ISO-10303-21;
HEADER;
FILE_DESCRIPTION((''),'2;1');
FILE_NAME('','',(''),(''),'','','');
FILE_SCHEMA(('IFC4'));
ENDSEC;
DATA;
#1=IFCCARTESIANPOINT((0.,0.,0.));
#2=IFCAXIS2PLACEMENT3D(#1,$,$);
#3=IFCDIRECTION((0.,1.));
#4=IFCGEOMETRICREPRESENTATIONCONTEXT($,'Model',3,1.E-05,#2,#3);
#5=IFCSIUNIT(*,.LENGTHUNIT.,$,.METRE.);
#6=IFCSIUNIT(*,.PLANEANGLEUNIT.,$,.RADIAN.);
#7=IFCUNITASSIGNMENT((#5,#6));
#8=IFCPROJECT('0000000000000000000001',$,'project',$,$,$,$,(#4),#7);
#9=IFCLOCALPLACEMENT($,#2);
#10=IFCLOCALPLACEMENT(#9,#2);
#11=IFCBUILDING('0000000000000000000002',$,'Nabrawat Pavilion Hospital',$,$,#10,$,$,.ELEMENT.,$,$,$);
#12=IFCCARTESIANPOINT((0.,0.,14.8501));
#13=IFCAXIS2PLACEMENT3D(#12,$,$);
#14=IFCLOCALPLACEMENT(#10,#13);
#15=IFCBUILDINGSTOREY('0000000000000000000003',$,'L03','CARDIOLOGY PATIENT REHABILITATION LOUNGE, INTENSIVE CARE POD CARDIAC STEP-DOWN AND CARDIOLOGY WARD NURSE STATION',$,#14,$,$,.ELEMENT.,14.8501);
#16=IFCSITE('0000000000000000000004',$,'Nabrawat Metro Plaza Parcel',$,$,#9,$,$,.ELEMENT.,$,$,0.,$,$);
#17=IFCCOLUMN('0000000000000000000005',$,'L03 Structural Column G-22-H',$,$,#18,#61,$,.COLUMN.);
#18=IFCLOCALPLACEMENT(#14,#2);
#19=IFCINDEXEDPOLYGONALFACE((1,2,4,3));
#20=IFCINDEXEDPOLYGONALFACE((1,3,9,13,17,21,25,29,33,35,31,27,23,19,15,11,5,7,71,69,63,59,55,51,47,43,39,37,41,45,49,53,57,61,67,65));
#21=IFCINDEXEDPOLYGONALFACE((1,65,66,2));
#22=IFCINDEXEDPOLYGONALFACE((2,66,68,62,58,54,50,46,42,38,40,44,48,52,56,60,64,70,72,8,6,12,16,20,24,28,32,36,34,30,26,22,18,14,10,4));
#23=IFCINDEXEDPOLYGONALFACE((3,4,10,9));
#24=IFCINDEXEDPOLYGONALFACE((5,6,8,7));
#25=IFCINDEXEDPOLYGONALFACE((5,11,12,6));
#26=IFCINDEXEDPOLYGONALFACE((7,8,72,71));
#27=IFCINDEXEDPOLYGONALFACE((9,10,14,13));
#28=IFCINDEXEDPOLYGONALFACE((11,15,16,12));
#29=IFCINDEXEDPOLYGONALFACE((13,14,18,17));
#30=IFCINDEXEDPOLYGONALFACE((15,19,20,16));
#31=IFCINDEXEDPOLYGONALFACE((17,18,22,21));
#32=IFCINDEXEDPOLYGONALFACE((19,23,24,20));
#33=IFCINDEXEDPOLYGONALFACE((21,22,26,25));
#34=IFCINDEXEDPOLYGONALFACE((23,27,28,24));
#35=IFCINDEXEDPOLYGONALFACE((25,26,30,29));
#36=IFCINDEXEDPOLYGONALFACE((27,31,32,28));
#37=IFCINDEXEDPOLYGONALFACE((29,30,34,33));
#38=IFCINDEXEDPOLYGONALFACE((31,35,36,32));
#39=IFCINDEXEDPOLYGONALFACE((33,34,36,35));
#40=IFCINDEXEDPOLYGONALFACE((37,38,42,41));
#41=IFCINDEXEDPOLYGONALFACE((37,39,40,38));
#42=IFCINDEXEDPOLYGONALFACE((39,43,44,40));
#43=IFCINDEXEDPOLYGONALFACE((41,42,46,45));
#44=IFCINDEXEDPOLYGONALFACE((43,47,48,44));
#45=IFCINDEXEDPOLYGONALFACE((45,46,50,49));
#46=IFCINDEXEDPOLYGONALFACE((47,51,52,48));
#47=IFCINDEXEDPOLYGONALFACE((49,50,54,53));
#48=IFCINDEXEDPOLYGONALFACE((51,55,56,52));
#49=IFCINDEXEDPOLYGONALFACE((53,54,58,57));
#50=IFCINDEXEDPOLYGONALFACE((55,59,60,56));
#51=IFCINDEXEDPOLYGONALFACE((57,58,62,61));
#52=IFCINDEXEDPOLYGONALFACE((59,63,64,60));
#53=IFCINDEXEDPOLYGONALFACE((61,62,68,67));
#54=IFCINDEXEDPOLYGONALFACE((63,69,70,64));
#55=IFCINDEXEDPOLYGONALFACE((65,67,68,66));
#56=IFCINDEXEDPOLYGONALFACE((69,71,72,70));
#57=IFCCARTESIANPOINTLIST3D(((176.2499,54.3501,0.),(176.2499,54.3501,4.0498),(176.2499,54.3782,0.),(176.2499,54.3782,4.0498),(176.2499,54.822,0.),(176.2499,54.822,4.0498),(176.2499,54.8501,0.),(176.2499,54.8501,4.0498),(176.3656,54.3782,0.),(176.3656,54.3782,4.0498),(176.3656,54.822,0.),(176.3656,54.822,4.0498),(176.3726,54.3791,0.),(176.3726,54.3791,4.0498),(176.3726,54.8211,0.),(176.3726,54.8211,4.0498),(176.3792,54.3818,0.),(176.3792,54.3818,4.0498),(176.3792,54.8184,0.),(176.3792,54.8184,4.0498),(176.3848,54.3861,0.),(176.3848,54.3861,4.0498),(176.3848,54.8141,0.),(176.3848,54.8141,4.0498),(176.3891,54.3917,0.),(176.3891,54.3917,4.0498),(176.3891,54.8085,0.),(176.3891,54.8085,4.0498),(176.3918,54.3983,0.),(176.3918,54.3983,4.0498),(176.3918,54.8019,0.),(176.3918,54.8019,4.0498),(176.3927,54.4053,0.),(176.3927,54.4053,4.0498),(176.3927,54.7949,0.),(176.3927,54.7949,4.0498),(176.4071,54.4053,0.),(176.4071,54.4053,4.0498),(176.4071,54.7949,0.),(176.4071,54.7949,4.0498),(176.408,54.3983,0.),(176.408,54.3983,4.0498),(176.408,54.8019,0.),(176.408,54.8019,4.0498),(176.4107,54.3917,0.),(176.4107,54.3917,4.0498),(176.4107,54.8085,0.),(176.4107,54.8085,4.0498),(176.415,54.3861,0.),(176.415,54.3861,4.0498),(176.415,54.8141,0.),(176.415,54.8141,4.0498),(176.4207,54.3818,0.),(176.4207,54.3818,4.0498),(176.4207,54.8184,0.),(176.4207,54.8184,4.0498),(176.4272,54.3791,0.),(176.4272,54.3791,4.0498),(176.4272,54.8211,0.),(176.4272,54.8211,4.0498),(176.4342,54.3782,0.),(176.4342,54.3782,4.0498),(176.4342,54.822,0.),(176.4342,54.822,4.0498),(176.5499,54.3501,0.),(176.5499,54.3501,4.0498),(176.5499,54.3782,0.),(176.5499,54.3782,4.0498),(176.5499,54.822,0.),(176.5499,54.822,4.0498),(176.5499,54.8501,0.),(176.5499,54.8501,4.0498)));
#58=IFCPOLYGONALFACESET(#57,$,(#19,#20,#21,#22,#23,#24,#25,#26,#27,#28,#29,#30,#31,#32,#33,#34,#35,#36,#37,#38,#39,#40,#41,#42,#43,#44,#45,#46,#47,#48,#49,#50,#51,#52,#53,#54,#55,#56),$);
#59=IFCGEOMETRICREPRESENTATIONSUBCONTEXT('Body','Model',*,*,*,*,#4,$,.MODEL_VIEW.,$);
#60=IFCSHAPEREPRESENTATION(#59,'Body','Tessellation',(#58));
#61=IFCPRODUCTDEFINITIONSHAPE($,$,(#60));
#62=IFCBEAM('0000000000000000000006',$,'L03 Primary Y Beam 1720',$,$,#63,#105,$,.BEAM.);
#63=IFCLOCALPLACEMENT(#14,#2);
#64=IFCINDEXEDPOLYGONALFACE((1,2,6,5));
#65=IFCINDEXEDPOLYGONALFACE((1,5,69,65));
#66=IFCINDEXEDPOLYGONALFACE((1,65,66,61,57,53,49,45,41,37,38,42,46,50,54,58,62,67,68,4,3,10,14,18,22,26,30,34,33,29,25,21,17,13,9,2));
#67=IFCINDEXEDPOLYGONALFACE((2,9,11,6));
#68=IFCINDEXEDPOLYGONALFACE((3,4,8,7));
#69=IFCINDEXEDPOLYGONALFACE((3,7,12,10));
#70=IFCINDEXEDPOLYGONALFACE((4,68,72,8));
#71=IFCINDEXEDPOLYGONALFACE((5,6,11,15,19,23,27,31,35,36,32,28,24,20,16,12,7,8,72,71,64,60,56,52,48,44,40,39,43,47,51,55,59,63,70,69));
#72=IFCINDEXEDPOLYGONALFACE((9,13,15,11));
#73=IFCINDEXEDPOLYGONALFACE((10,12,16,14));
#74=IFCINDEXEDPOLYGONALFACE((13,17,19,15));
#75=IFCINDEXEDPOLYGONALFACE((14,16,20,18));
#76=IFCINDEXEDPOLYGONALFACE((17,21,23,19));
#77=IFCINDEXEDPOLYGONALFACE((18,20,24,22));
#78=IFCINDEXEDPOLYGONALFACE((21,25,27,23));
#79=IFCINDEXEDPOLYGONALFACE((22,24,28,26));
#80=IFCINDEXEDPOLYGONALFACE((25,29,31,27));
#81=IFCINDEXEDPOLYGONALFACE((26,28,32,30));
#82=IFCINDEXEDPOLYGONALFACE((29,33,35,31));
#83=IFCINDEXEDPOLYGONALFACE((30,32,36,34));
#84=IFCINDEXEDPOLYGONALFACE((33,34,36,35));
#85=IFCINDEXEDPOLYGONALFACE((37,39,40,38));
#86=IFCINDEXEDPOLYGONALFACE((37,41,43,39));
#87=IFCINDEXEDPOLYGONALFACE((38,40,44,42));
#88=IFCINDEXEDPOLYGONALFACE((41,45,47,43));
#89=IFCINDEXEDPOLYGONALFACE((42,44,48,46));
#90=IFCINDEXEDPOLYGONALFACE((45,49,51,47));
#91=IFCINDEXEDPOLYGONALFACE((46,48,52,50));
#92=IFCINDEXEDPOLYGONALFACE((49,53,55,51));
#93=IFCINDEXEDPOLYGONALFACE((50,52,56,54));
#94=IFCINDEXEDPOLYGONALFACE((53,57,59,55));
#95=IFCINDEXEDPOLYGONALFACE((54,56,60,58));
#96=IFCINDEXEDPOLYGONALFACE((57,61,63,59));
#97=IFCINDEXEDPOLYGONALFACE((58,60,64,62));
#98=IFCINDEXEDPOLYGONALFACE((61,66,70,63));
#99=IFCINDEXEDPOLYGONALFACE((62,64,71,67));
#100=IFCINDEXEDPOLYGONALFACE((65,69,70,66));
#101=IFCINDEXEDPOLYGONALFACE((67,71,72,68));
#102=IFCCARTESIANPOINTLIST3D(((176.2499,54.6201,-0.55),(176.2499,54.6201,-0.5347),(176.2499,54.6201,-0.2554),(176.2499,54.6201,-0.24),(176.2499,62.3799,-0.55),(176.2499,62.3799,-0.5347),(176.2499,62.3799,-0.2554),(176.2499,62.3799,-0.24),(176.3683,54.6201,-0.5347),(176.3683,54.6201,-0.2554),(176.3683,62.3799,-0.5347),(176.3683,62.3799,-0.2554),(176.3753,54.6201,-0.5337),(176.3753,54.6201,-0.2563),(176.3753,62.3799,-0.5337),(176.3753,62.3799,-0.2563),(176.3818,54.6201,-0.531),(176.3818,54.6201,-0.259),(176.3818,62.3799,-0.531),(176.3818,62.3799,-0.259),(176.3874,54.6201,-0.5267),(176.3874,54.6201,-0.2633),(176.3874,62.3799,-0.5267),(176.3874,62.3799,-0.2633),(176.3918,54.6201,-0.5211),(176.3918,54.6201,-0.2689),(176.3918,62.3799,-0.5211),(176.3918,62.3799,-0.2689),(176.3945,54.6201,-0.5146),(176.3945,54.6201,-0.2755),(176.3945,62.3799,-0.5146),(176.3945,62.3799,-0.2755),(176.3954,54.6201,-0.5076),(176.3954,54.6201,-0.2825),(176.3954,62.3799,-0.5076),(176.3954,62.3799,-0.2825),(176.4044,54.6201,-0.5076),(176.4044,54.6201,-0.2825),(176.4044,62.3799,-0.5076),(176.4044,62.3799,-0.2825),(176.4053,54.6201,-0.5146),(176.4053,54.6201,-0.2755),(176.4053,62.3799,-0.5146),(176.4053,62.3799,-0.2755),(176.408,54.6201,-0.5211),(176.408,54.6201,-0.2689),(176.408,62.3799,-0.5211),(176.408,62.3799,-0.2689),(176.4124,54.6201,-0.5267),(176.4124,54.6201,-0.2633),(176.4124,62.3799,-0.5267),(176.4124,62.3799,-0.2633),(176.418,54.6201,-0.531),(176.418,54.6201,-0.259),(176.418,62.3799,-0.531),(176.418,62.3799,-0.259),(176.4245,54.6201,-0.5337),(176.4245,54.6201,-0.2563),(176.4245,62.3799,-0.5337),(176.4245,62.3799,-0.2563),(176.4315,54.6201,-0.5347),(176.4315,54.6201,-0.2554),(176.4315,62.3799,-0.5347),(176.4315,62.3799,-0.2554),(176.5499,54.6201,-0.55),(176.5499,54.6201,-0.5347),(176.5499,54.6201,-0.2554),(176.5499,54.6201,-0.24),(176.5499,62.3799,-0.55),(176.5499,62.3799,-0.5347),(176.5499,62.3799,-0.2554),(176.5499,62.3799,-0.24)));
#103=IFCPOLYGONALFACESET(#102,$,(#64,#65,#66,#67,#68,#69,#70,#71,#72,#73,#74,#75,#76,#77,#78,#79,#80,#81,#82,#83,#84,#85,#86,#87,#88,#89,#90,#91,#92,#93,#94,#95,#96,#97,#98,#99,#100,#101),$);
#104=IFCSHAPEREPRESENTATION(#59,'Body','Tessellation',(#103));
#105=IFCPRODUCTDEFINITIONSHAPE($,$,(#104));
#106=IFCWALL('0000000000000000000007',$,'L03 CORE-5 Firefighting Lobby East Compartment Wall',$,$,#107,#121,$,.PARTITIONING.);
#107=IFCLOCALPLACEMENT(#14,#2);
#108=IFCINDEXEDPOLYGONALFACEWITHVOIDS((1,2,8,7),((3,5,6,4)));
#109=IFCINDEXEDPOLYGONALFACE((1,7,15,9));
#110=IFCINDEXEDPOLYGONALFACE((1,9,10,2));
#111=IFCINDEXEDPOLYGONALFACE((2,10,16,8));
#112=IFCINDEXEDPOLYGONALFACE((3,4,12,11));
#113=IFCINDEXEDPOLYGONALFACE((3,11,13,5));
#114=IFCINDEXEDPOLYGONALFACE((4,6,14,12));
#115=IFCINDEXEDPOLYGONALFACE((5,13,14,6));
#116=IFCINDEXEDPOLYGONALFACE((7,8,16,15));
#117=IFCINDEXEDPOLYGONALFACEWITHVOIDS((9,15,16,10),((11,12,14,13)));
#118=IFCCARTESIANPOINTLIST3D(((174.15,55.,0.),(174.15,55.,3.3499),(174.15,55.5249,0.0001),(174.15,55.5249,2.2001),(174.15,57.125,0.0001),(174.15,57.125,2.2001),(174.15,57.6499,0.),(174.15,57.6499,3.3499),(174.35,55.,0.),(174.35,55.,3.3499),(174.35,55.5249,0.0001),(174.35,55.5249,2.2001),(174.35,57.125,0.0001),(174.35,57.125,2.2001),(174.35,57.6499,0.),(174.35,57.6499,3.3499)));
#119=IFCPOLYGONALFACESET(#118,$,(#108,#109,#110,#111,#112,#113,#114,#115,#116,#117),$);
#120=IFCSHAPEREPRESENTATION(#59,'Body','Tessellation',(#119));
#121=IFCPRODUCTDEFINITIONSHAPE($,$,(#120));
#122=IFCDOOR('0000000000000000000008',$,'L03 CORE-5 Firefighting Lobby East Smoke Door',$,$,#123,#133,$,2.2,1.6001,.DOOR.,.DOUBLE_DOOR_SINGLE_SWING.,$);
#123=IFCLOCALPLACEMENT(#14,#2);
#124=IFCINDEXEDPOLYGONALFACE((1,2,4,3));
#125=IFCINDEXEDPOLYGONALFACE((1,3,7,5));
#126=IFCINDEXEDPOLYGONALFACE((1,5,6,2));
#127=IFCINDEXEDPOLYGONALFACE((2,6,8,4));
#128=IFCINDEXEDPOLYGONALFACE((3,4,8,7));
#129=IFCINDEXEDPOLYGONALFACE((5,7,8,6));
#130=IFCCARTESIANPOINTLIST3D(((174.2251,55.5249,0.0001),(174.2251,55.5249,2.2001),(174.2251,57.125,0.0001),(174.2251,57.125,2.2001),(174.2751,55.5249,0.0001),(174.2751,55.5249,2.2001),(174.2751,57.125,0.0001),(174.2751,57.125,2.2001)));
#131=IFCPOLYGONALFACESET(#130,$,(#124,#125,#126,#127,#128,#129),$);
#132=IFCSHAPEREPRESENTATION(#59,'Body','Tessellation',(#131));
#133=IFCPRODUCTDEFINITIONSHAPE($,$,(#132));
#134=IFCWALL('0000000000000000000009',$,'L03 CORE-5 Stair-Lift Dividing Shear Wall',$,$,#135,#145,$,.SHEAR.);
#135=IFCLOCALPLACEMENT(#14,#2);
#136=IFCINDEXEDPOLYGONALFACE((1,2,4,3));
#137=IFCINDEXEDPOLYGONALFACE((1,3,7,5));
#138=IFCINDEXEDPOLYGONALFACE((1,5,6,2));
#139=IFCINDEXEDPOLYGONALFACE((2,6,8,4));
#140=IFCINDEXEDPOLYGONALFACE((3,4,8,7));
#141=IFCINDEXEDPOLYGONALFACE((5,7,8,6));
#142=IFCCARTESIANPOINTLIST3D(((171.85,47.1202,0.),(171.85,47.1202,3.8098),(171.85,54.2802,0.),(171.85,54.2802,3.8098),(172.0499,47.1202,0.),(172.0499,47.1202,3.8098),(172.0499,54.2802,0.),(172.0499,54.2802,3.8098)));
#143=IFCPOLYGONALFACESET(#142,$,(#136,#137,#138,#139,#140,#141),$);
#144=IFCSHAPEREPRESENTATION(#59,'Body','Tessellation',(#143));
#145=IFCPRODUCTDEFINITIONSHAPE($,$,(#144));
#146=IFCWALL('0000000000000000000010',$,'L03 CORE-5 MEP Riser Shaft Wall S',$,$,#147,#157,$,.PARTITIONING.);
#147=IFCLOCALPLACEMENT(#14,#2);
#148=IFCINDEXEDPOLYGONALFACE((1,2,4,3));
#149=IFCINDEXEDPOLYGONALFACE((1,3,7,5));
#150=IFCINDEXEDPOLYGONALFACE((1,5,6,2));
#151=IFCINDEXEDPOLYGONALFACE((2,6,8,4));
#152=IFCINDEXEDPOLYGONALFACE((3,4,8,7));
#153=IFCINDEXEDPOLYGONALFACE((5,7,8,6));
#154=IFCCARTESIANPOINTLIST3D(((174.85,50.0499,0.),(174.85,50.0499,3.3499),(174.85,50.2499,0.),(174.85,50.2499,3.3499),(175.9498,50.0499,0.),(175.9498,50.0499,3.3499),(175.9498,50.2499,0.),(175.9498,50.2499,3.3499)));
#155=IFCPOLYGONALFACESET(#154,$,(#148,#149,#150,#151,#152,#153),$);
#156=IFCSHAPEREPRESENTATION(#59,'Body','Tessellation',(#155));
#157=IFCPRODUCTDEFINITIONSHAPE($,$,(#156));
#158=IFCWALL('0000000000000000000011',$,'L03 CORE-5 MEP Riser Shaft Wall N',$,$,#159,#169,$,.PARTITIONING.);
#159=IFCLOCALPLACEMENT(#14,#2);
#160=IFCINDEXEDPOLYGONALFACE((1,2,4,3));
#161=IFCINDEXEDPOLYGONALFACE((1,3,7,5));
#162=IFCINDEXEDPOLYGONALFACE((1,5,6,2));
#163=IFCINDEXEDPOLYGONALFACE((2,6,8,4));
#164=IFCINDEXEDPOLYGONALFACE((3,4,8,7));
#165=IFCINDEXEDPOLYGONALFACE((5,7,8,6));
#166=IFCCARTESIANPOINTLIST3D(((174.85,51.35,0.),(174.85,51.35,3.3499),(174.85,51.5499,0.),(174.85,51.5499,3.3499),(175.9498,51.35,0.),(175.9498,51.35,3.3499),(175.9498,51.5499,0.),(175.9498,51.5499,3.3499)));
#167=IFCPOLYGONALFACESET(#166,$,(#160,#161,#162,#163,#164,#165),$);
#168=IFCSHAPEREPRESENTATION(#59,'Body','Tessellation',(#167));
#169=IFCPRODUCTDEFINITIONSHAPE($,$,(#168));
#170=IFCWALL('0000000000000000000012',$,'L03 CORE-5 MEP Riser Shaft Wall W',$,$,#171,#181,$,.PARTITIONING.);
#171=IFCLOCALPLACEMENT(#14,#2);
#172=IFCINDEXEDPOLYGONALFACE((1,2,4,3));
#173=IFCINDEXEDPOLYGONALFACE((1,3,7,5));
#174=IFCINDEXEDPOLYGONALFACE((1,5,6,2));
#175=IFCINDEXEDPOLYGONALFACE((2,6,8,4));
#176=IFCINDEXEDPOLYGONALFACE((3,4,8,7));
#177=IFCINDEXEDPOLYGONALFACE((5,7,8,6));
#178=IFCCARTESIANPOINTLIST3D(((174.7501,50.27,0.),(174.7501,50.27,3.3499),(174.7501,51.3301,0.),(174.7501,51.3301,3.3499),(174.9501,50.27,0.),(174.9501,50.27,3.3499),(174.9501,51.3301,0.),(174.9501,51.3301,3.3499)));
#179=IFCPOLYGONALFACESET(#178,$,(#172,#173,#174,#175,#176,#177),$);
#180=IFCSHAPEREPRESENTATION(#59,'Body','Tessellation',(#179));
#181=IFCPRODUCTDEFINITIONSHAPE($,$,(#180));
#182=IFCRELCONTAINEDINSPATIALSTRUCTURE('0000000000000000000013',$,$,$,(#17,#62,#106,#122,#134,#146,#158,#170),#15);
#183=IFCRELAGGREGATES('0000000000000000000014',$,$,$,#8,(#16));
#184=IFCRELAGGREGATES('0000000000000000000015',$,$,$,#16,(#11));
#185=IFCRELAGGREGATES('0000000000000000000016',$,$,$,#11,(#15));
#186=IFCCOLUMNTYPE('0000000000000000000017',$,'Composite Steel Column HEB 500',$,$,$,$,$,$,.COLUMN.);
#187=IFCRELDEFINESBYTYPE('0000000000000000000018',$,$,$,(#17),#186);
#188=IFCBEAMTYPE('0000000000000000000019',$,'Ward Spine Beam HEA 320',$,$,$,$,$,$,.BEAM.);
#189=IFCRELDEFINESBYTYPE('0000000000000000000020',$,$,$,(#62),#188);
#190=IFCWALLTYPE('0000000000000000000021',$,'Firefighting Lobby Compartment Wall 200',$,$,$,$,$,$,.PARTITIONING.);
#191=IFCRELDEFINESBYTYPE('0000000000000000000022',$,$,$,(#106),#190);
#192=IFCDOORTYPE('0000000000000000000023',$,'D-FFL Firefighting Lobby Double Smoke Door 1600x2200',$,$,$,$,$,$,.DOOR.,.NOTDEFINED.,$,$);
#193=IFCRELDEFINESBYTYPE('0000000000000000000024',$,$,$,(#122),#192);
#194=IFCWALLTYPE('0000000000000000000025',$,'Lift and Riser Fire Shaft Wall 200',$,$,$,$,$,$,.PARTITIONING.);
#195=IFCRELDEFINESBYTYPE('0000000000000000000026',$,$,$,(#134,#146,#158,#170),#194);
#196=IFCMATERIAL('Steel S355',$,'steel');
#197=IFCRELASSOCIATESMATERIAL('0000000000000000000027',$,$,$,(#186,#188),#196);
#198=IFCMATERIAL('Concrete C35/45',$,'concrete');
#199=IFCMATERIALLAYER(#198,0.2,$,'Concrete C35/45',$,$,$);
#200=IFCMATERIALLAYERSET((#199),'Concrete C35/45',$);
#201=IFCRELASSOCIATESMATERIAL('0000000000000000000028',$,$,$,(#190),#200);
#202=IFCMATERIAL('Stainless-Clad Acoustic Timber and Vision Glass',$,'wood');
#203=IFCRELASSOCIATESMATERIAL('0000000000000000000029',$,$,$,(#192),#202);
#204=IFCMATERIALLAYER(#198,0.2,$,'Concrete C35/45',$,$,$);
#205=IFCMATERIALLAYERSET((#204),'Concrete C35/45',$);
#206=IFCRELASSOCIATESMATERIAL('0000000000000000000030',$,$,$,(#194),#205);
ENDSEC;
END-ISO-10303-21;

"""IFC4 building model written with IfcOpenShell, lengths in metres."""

from ifc_helpers import new_model, si_unit, direction, frame, frame_2d, origin, origin_2d, place, context, subcontext, project, spatial, rectangle, i_section, extrude, material, layer, layer_set, material_profile, profile_set, type_object, element, fill, save


model = new_model("IFC4")

# Units and contexts
model_context = context("Model", 3, precision=1e-05, world=origin(), true_north=direction((0.0, 1.0)))
body_context = subcontext(model_context, "Body", "Model", "MODEL_VIEW")
ifc_project = project(units=[si_unit("LENGTHUNIT", "METRE"), si_unit("PLANEANGLEUNIT", "RADIAN")], contexts=[model_context])

# Site, building, storey
site_placement = place(None, origin())
site = spatial("IfcSite", under=ifc_project, at=site_placement, Name="Nabrawat Metro Plaza Parcel", CompositionType="ELEMENT", RefElevation=0.0)
building_placement = place(site_placement, origin())
building = spatial("IfcBuilding", under=site, at=building_placement, Name="Nabrawat Pavilion Hospital", CompositionType="ELEMENT")
storey_placement = place(building_placement, frame((0.0, 0.0, 14.8501)))
storey = spatial("IfcBuildingStorey", under=building, at=storey_placement, Name="L03", Description="CARDIOLOGY PATIENT REHABILITATION LOUNGE, INTENSIVE CARE POD CARDIAC STEP-DOWN AND CARDIOLOGY WARD NURSE STATION", CompositionType="ELEMENT", Elevation=14.8501)

# Column
ifc_material_1 = material(Name="Steel S355", Category="steel")
ifc_material_profile_1 = material_profile(ifc_material_1, i_section(OverallWidth=0.3, OverallDepth=0.5, WebThickness=0.0144, FlangeThickness=0.0281, FilletRadius=0.0271, at=origin_2d()), Name="HEB 500")
ifc_profile_set_1 = profile_set([ifc_material_profile_1], Name="Steel S355")
column_type = type_object("IfcColumnType", Name="Composite Steel Column HEB 500", PredefinedType="COLUMN", material=ifc_profile_set_1)
column_placement = place(storey_placement, frame((176.3999, 54.6001, 0.0), z_axis=(0.0, 0.0, 1.0), x_axis=(1.0, 0.0, 0.0)))
element("IfcColumn", 1, at=column_placement, inside=storey, type_object=column_type, Name="L03 Structural Column G-22-H", PredefinedType="COLUMN", context=body_context, shape_type="SweptSolid", body=[
    extrude(i_section(OverallWidth=0.3, OverallDepth=0.5, WebThickness=0.0144, FlangeThickness=0.0281, FilletRadius=0.0271, at=origin_2d()), origin(), (0.0, 0.0, 1.0), 4.0498),
])

# Beam
ifc_material_profile_2 = material_profile(ifc_material_1, i_section(OverallWidth=0.3, OverallDepth=0.3101, WebThickness=0.009, FlangeThickness=0.0154, FilletRadius=0.0271, at=origin_2d()), Name="HEA 320")
ifc_profile_set_2 = profile_set([ifc_material_profile_2], Name="Steel S355")
beam_type = type_object("IfcBeamType", Name="Ward Spine Beam HEA 320", PredefinedType="BEAM", material=ifc_profile_set_2)
beam_placement = place(storey_placement, frame((176.3999, 54.6201, -0.395), z_axis=(0.0, 1.0, 0.0), x_axis=(-1.0, 0.0, 0.0)))
element("IfcBeam", 2, at=beam_placement, inside=storey, type_object=beam_type, Name="L03 Primary Y Beam 1720", PredefinedType="BEAM", context=body_context, shape_type="SweptSolid", body=[
    extrude(i_section(OverallWidth=0.3, OverallDepth=0.3101, WebThickness=0.009, FlangeThickness=0.0154, FilletRadius=0.0271, at=origin_2d()), origin(), (0.0, 0.0, 1.0), 7.7598),
])

# Wall, opening, door
ifc_material_2 = material(Name="Concrete C35/45", Category="concrete")
ifc_layer_1 = layer(ifc_material_2, 0.2, Name="Concrete C35/45")
ifc_layer_set_1 = layer_set([ifc_layer_1], Name="Concrete C35/45")
wall_type_1 = type_object("IfcWallType", Name="Firefighting Lobby Compartment Wall 200", PredefinedType="PARTITIONING", material=ifc_layer_set_1)
wall_1_placement = place(storey_placement, frame((174.25, 55.0, 0.0), z_axis=(0.0, 0.0, 1.0), x_axis=(0.0, 1.0, 0.0)))
wall_1 = element("IfcWall", 3, at=wall_1_placement, inside=storey, type_object=wall_type_1, Name="L03 CORE-5 Firefighting Lobby East Compartment Wall", PredefinedType="PARTITIONING", context=body_context, shape_type="SweptSolid", body=[
    extrude(rectangle(XDim=2.6499, YDim=0.2, at=frame_2d((1.325, 0.0))), origin(), (0.0, 0.0, 1.0), 3.3499),
])
opening_placement = place(wall_1_placement, frame((0.5249, 0.0, 0.0)))
opening = element("IfcOpeningElement", 4, at=opening_placement, cuts=wall_1, PredefinedType="OPENING", context=body_context, shape_type="SweptSolid", body=[
    extrude(rectangle(XDim=1.6001, YDim=2.2, at=frame_2d((0.8, 1.1001))), frame((0.0, 0.1099, 0.0), z_axis=(0.0, -1.0, 0.0), x_axis=(1.0, 0.0, 0.0)), (0.0, 0.0, 1.0), 0.22),
])
ifc_material_3 = material(Name="Stainless-Clad Acoustic Timber and Vision Glass", Category="wood")
door_type = type_object("IfcDoorType", Name="D-FFL Firefighting Lobby Double Smoke Door 1600x2200", OperationType="NOTDEFINED", PredefinedType="DOOR", material=ifc_material_3)
door_placement = place(opening_placement, origin())
door = element("IfcDoor", 5, at=door_placement, inside=storey, type_object=door_type, Name="L03 CORE-5 Firefighting Lobby East Smoke Door", OperationType="DOUBLE_DOOR_SINGLE_SWING", OverallHeight=2.2, OverallWidth=1.6001, PredefinedType="DOOR", context=body_context, shape_type="SweptSolid", body=[
    extrude(rectangle(XDim=1.6001, YDim=2.2, at=frame_2d((0.8, 1.1001))), frame((0.0, 0.0249, 0.0), z_axis=(0.0, -1.0, 0.0), x_axis=(1.0, 0.0, 0.0)), (0.0, 0.0, 1.0), 0.05),
])
fill(opening, door)

# Walls
ifc_layer_2 = layer(ifc_material_2, 0.2, Name="Concrete C35/45")
ifc_layer_set_2 = layer_set([ifc_layer_2], Name="Concrete C35/45")
wall_type_2 = type_object("IfcWallType", Name="Lift and Riser Fire Shaft Wall 200", PredefinedType="PARTITIONING", material=ifc_layer_set_2)
wall_2_placement = place(storey_placement, frame((171.95, 47.1201, 0.0), z_axis=(0.0, 0.0, 1.0), x_axis=(0.0, 1.0, 0.0)))
element("IfcWall", 6, at=wall_2_placement, inside=storey, type_object=wall_type_2, Name="L03 CORE-5 Stair-Lift Dividing Shear Wall", PredefinedType="SHEAR", context=body_context, shape_type="SweptSolid", body=[
    extrude(rectangle(XDim=7.1599, YDim=0.2, at=frame_2d((3.5801, 0.0))), origin(), (0.0, 0.0, 1.0), 3.8098),
])
for number, where, z_axis, x_axis, name in (
    (7, (174.8501, 50.1499, 0.0), (0.0, 0.0, 1.0), (1.0, 0.0, 0.0), "L03 CORE-5 MEP Riser Shaft Wall S"),
    (8, (174.8501, 51.45, 0.0), (0.0, 0.0, 1.0), (1.0, 0.0, 0.0), "L03 CORE-5 MEP Riser Shaft Wall N"),
):
    element("IfcWall", number, at=place(storey_placement, frame(where, z_axis=z_axis, x_axis=x_axis)), inside=storey, type_object=wall_type_2, Name=name, PredefinedType="PARTITIONING", context=body_context, shape_type="SweptSolid", body=[
        extrude(rectangle(XDim=1.0999, YDim=0.2, at=frame_2d((0.5498, 0.0))), origin(), (0.0, 0.0, 1.0), 3.3499),
    ])
for number, where, z_axis, x_axis, name in (
    (9, (174.8501, 50.27, 0.0), (0.0, 0.0, 1.0), (0.0, 1.0, 0.0), "L03 CORE-5 MEP Riser Shaft Wall W"),
):
    element("IfcWall", number, at=place(storey_placement, frame(where, z_axis=z_axis, x_axis=x_axis)), inside=storey, type_object=wall_type_2, Name=name, PredefinedType="PARTITIONING", context=body_context, shape_type="SweptSolid", body=[
        extrude(rectangle(XDim=1.0601, YDim=0.2, at=frame_2d((0.53, 0.0))), origin(), (0.0, 0.0, 1.0), 3.3499),
    ])

save(model, "model.ifc")
